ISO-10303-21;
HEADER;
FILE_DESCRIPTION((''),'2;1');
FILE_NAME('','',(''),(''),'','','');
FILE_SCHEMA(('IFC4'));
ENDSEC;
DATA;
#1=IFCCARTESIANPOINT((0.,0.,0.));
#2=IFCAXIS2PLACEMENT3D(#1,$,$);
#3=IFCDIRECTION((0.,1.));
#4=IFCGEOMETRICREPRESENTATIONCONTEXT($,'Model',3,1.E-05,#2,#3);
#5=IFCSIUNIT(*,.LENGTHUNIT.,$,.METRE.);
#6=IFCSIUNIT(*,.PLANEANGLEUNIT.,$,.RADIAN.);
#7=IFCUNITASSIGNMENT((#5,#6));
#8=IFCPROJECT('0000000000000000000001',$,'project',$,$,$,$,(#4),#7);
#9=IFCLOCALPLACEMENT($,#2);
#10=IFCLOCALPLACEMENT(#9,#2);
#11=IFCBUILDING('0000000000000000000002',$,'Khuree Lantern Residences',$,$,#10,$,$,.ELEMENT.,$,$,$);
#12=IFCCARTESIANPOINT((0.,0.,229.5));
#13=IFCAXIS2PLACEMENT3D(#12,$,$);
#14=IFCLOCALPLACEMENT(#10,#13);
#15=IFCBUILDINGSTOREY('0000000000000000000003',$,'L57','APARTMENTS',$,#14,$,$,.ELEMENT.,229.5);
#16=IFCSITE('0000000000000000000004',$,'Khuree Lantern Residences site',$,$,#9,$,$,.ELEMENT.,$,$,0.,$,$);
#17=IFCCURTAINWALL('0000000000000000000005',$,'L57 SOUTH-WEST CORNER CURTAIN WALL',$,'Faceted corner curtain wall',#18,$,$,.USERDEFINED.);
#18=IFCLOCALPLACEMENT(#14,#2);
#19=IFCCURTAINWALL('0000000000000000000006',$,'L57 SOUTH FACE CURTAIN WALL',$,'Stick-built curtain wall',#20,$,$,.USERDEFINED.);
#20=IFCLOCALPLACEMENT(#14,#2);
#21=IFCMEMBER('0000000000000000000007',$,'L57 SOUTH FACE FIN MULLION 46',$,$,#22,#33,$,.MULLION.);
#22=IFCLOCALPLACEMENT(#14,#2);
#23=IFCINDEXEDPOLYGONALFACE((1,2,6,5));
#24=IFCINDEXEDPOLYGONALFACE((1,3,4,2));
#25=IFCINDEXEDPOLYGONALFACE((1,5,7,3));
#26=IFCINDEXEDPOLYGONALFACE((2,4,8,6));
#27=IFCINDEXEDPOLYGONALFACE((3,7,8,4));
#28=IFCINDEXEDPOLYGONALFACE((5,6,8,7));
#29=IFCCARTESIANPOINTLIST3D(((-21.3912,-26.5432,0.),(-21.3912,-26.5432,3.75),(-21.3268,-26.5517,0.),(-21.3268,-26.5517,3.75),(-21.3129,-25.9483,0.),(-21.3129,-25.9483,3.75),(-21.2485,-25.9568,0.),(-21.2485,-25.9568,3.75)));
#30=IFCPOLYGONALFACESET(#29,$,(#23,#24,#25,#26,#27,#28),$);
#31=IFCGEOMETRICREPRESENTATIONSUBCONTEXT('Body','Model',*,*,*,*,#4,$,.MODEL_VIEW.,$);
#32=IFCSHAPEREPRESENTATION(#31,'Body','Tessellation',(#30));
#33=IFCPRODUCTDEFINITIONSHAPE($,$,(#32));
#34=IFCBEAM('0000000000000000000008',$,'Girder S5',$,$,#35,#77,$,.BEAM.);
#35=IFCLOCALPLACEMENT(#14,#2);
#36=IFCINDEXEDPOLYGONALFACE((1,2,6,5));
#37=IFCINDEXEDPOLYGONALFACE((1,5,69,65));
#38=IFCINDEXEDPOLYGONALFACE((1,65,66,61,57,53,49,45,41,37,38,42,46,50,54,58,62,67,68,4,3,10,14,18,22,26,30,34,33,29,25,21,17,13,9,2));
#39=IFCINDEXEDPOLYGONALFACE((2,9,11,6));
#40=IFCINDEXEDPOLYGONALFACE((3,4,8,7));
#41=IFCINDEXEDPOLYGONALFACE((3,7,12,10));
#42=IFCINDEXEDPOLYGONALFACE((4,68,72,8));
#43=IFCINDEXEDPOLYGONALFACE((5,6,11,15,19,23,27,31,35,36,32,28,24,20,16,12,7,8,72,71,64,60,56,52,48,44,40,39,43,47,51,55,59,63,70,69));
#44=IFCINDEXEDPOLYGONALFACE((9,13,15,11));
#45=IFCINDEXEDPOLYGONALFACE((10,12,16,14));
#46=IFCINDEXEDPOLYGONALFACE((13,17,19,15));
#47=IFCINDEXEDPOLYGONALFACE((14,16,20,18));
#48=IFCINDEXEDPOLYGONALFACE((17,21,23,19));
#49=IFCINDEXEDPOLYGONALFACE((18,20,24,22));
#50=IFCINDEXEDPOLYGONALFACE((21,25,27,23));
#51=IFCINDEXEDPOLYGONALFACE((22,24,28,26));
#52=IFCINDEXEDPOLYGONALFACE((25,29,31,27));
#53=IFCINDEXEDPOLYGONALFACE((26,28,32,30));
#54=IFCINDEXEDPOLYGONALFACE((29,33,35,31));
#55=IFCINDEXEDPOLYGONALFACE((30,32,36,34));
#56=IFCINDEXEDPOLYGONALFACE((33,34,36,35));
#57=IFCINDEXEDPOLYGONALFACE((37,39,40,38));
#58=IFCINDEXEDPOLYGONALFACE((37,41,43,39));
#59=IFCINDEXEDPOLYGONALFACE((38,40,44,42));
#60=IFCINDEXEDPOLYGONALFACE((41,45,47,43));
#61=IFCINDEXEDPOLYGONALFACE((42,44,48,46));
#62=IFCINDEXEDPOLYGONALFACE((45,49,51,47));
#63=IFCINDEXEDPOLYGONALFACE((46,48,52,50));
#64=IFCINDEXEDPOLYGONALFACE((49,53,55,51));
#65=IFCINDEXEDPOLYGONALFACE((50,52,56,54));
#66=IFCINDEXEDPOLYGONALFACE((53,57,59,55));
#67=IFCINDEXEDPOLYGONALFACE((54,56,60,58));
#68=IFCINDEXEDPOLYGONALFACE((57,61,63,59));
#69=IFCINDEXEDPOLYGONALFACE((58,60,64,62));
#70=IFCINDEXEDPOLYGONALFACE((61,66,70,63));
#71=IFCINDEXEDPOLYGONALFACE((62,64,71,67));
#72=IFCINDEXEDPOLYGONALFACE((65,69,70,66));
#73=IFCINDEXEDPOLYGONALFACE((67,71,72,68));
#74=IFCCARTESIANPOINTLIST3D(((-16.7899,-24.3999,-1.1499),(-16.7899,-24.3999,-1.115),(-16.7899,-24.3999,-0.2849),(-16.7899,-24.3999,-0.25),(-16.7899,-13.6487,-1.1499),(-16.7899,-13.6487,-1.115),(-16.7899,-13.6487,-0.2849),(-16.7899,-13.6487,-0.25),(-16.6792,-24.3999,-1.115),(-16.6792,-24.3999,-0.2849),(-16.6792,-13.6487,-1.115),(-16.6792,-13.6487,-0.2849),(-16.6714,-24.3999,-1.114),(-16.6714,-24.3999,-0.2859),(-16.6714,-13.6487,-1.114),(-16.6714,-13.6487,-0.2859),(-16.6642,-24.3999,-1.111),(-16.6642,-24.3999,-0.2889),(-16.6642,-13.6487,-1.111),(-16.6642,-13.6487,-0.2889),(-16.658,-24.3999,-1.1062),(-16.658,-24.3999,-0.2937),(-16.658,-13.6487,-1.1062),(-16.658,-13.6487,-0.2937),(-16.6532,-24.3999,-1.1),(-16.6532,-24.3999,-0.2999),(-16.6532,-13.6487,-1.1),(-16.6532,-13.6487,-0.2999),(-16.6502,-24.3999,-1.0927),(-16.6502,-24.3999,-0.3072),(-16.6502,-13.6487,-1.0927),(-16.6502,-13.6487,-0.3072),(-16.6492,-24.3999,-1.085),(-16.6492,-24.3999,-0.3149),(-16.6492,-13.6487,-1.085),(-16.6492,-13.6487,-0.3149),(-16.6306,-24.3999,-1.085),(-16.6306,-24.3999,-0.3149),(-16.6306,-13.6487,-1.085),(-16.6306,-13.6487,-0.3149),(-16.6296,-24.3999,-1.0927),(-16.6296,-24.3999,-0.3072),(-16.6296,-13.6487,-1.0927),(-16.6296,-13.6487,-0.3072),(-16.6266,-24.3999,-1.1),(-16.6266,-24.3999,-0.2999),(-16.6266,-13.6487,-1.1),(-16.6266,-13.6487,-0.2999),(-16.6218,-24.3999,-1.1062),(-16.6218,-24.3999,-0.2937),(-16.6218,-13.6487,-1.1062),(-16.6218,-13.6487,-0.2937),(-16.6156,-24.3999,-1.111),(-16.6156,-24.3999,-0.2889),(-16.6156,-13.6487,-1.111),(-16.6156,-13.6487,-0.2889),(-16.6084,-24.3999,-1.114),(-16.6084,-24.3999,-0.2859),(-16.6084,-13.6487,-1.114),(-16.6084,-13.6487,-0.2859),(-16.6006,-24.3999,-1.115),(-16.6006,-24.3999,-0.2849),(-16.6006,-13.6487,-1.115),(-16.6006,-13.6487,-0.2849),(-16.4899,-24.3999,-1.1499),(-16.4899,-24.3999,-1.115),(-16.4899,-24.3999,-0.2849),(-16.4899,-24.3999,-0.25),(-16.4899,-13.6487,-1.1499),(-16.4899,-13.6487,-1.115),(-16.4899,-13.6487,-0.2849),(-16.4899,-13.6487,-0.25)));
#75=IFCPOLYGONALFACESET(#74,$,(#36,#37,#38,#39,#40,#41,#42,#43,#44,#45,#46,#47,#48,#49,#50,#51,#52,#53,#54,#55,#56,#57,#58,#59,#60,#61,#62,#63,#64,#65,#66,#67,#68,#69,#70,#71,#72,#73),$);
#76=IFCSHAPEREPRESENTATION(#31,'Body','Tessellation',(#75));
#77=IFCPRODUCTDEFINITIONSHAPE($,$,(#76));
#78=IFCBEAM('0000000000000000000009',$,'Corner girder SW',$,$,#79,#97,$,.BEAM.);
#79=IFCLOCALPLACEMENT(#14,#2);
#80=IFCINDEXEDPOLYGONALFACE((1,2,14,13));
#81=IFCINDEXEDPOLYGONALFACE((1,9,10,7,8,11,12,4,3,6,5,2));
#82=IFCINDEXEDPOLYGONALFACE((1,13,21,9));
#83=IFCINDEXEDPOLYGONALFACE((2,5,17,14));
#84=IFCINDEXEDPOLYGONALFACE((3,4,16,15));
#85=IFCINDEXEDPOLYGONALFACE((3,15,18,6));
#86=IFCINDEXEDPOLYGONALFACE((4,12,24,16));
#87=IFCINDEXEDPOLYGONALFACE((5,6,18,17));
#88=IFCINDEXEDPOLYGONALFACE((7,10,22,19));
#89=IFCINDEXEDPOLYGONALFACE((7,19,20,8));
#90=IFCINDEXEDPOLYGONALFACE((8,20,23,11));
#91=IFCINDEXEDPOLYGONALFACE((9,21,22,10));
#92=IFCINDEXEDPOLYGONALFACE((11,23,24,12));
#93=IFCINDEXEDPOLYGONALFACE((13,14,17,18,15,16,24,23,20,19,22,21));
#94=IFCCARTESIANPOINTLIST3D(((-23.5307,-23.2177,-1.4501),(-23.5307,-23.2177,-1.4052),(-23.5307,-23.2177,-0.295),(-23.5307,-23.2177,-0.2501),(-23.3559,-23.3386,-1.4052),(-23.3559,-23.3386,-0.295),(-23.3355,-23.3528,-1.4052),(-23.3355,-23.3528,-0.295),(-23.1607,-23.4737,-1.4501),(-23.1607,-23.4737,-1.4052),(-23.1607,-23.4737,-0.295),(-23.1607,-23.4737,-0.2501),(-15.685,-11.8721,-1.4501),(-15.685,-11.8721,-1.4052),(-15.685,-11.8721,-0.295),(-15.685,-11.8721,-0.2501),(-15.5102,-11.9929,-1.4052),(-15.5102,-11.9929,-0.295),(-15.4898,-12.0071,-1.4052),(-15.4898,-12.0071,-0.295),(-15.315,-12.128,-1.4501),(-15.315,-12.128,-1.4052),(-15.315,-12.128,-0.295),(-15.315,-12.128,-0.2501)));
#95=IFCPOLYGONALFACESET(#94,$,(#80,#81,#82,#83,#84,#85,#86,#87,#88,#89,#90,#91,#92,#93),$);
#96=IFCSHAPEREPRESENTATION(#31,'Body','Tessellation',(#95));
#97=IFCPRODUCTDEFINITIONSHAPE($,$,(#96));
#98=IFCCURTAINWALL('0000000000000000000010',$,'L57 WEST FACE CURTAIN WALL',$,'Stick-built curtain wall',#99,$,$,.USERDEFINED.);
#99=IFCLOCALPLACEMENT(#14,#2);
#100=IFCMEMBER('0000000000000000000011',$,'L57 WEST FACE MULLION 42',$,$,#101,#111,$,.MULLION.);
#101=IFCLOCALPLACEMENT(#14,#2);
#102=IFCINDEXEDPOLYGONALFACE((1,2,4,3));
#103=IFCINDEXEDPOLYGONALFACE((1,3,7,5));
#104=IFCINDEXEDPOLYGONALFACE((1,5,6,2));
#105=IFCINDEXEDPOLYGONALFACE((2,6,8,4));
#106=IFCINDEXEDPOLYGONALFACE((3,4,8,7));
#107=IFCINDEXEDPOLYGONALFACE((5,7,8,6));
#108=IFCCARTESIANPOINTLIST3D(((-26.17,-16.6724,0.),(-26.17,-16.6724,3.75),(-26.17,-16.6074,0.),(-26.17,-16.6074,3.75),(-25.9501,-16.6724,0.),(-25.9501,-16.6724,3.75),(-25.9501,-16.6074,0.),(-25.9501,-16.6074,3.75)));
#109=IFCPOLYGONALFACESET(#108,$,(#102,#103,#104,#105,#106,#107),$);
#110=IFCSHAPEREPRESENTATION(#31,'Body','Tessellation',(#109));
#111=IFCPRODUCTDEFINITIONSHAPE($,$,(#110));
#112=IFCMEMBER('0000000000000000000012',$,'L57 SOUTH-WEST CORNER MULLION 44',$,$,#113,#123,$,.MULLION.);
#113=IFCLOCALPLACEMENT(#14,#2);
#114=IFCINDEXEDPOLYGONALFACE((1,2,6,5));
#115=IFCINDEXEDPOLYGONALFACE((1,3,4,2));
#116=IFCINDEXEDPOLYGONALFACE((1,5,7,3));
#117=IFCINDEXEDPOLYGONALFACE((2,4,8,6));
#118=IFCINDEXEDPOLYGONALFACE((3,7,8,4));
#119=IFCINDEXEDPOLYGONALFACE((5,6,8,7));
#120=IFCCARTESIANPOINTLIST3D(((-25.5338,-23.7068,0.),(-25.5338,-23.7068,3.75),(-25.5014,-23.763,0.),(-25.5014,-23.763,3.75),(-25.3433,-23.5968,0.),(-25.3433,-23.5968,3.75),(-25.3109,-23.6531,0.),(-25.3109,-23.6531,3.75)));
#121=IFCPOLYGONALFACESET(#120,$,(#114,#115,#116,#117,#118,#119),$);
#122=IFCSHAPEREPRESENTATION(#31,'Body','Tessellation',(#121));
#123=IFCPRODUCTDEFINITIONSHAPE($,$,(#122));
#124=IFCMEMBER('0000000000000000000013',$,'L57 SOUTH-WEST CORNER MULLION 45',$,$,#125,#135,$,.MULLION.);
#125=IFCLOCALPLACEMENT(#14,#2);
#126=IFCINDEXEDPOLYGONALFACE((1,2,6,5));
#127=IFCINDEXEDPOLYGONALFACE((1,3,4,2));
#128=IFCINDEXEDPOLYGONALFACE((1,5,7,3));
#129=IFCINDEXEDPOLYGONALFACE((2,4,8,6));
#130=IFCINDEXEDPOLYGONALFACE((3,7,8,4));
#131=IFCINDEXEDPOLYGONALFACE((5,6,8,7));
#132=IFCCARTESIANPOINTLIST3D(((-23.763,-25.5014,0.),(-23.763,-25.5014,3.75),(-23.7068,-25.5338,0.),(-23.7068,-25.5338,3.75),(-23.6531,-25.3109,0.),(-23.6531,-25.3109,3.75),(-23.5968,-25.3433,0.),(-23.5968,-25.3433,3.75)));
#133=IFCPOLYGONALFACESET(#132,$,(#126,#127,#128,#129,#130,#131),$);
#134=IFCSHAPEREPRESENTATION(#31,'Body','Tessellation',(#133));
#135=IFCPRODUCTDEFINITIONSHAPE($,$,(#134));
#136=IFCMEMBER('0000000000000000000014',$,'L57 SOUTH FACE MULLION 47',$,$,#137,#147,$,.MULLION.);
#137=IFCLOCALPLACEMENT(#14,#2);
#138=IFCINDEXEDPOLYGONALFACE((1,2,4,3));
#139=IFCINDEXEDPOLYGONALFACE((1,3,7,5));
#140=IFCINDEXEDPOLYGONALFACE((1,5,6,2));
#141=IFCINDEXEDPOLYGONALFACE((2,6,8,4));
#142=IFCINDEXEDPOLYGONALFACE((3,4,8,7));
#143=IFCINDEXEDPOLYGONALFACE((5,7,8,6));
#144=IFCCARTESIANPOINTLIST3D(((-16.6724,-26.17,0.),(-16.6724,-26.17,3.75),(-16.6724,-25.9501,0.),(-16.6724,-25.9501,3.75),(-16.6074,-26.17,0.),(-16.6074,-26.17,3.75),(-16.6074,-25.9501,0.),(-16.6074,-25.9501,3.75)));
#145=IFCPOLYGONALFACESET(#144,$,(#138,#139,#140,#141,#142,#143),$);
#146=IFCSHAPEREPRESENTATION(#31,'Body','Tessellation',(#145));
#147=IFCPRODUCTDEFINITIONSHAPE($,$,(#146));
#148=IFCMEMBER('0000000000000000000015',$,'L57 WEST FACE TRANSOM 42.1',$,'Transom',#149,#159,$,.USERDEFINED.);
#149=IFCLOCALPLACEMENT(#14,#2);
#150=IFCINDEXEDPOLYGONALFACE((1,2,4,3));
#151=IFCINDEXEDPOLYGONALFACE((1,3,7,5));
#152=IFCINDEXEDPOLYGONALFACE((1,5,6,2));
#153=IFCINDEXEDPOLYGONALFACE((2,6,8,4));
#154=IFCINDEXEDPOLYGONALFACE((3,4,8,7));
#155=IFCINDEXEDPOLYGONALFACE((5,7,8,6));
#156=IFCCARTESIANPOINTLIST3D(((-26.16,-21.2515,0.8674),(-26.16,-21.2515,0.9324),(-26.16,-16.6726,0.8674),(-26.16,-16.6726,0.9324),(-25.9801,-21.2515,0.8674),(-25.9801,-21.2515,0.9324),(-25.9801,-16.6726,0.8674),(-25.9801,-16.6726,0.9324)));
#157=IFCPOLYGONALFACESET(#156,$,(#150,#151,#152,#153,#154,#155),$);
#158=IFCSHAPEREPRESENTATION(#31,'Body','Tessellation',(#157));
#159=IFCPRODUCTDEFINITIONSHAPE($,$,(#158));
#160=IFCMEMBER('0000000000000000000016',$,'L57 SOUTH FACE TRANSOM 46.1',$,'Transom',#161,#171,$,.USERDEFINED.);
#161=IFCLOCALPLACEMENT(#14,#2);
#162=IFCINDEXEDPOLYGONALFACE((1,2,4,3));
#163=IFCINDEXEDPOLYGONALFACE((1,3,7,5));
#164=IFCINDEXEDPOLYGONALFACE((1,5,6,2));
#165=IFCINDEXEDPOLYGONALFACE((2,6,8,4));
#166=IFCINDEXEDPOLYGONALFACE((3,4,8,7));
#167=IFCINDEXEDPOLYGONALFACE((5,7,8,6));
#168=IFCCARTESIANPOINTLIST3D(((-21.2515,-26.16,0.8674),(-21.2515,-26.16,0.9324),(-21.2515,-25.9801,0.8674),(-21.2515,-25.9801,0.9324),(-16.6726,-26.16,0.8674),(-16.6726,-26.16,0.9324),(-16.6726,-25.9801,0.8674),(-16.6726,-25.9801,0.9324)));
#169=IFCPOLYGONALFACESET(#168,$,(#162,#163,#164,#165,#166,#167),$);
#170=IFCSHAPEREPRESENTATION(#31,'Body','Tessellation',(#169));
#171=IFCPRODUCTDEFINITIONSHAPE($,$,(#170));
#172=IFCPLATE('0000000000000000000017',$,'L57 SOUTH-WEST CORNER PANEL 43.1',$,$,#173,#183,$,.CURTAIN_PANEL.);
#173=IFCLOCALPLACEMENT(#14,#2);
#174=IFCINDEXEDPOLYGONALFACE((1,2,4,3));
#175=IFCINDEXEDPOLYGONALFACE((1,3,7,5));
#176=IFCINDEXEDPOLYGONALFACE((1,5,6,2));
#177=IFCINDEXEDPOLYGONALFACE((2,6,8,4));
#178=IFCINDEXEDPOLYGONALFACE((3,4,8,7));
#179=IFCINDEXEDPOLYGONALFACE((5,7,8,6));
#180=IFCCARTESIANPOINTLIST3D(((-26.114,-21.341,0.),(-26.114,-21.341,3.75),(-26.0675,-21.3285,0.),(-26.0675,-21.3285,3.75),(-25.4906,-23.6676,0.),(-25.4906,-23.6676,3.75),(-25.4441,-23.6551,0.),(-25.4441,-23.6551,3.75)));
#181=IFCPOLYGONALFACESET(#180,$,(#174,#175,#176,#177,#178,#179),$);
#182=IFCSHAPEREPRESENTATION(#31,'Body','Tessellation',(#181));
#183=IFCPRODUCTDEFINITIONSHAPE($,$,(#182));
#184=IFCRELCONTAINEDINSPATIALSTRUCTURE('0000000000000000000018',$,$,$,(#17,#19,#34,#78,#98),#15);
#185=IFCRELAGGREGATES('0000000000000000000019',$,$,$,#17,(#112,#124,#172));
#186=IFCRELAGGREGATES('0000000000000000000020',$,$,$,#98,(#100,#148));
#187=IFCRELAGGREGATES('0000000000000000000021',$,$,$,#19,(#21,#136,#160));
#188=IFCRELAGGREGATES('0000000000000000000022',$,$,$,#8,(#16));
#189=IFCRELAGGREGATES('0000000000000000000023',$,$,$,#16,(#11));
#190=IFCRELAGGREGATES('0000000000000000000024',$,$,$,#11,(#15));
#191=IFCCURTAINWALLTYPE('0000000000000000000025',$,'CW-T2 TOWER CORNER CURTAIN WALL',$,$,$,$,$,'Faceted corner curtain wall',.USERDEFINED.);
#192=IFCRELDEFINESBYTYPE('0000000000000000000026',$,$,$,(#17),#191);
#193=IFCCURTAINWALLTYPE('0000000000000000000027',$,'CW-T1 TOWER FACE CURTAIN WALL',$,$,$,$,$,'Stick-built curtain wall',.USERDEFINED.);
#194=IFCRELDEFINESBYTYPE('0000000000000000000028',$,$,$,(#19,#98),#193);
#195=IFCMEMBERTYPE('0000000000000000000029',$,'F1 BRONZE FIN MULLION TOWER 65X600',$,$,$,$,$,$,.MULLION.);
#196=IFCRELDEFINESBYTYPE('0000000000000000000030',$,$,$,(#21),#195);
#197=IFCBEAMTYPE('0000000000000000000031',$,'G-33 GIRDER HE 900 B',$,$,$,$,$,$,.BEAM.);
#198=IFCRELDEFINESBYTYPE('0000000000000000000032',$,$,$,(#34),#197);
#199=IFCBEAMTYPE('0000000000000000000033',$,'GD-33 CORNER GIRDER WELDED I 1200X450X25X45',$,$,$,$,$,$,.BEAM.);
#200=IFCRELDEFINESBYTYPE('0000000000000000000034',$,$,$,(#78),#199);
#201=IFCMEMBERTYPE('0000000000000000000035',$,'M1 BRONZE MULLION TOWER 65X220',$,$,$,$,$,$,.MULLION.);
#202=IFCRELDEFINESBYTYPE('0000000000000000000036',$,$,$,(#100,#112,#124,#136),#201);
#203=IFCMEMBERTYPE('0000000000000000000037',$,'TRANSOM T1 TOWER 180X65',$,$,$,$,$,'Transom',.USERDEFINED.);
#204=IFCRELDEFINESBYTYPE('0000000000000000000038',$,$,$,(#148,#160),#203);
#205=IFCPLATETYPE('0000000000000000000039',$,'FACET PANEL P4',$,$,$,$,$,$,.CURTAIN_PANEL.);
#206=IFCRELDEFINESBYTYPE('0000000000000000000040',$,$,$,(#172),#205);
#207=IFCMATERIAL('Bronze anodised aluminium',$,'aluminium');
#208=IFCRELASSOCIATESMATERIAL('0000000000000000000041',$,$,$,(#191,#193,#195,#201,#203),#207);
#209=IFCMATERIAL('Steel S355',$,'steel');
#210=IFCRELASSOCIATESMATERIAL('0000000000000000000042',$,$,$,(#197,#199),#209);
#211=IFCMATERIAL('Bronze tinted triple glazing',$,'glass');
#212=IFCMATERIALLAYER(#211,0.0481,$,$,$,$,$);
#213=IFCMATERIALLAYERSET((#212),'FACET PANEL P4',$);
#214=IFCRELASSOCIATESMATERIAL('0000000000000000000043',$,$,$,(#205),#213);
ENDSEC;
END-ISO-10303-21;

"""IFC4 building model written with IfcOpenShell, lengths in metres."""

from ifc_helpers import new_model, si_unit, direction, frame, origin, origin_2d, place, context, subcontext, project, spatial, rectangle, i_section, extrude, material, layer, layer_set, material_profile, profile_set, type_object, element, aggregate, save


model = new_model("IFC4")

# Units and contexts
model_context = context("Model", 3, precision=1e-05, world=origin(), true_north=direction((0.0, 1.0)))
body_context = subcontext(model_context, "Body", "Model", "MODEL_VIEW")
ifc_project = project(units=[si_unit("LENGTHUNIT", "METRE"), si_unit("PLANEANGLEUNIT", "RADIAN")], contexts=[model_context])

# Site, building, storey
site_placement = place(None, origin())
site = spatial("IfcSite", under=ifc_project, at=site_placement, Name="Khuree Lantern Residences site", CompositionType="ELEMENT", RefElevation=0.0)
building_placement = place(site_placement, origin())
building = spatial("IfcBuilding", under=site, at=building_placement, Name="Khuree Lantern Residences", CompositionType="ELEMENT")
storey_placement = place(building_placement, frame((0.0, 0.0, 229.5)))
storey = spatial("IfcBuildingStorey", under=building, at=storey_placement, Name="L57", Description="APARTMENTS", CompositionType="ELEMENT", Elevation=229.5)

# Shared definitions
ifc_material_1 = material(Name="Steel S355", Category="steel")

# Curtain walls, member
ifc_material_2 = material(Name="Bronze anodised aluminium", Category="aluminium")
curtain_wall_type_1 = type_object("IfcCurtainWallType", Name="CW-T2 TOWER CORNER CURTAIN WALL", ElementType="Faceted corner curtain wall", PredefinedType="USERDEFINED", material=ifc_material_2)
curtain_wall_1_placement = place(storey_placement, origin())
curtain_wall_1 = element("IfcCurtainWall", 1, at=curtain_wall_1_placement, inside=storey, type_object=curtain_wall_type_1, Name="L57 SOUTH-WEST CORNER CURTAIN WALL", ObjectType="Faceted corner curtain wall", PredefinedType="USERDEFINED")
ifc_material_profile_1 = material_profile(ifc_material_2, rectangle(XDim=0.0649, YDim=0.6001, at=origin_2d()), Name="F1 65X600")
ifc_profile_set_1 = profile_set([ifc_material_profile_1], Name="Bronze anodised aluminium")
member_type_1 = type_object("IfcMemberType", Name="F1 BRONZE FIN MULLION TOWER 65X600", PredefinedType="MULLION", material=ifc_profile_set_1)
curtain_wall_type_2 = type_object("IfcCurtainWallType", Name="CW-T1 TOWER FACE CURTAIN WALL", ElementType="Stick-built curtain wall", PredefinedType="USERDEFINED", material=ifc_material_2)
curtain_wall_2_placement = place(storey_placement, origin())
curtain_wall_2 = element("IfcCurtainWall", 2, at=curtain_wall_2_placement, inside=storey, type_object=curtain_wall_type_2, Name="L57 SOUTH FACE CURTAIN WALL", ObjectType="Stick-built curtain wall", PredefinedType="USERDEFINED")
member_1_placement = place(storey_placement, frame((-21.3198, -26.25, 0.0), z_axis=(0.0, 0.0, 1.0), x_axis=(0.991445, -0.130526, 0.0)))
member_1 = element("IfcMember", 3, at=member_1_placement, type_object=member_type_1, Name="L57 SOUTH FACE FIN MULLION 46", PredefinedType="MULLION", context=body_context, shape_type="SweptSolid", body=[
    extrude(rectangle(XDim=0.0649, YDim=0.6001, at=origin_2d()), origin(), (0.0, 0.0, 1.0), 3.75),
])

# Beams
ifc_material_profile_2 = material_profile(ifc_material_1, i_section(OverallWidth=0.3, OverallDepth=0.8999, WebThickness=0.0186, FlangeThickness=0.0349, FilletRadius=0.03, at=origin_2d()), Name="HE 900 B")
ifc_profile_set_2 = profile_set([ifc_material_profile_2], Name="Steel S355")
beam_type_1 = type_object("IfcBeamType", Name="G-33 GIRDER HE 900 B", PredefinedType="BEAM", material=ifc_profile_set_2)
beam_1_placement = place(storey_placement, frame((-16.6399, -24.3999, -0.7), z_axis=(0.0, 1.0, 0.0), x_axis=(-1.0, 0.0, 0.0)))
element("IfcBeam", 4, at=beam_1_placement, inside=storey, type_object=beam_type_1, Name="Girder S5", PredefinedType="BEAM", context=body_context, shape_type="SweptSolid", body=[
    extrude(i_section(OverallWidth=0.3, OverallDepth=0.8999, WebThickness=0.0186, FlangeThickness=0.0349, FilletRadius=0.03, at=origin_2d()), origin(), (0.0, 0.0, 1.0), 10.7512),
])
ifc_material_profile_3 = material_profile(ifc_material_1, i_section(OverallWidth=0.45, OverallDepth=1.2, WebThickness=0.0249, FlangeThickness=0.0449, at=origin_2d()), Name="WELDED I 1200X450X25X45")
ifc_profile_set_3 = profile_set([ifc_material_profile_3], Name="Steel S355")
beam_type_2 = type_object("IfcBeamType", Name="GD-33 CORNER GIRDER WELDED I 1200X450X25X45", PredefinedType="BEAM", material=ifc_profile_set_3)
beam_2_placement = place(storey_placement, frame((-23.3457, -23.3457, -0.8501), z_axis=(0.568768, 0.822498, 0.0), x_axis=(-0.822498, 0.568768, 0.0)))
element("IfcBeam", 5, at=beam_2_placement, inside=storey, type_object=beam_type_2, Name="Corner girder SW", PredefinedType="BEAM", context=body_context, shape_type="SweptSolid", body=[
    extrude(i_section(OverallWidth=0.45, OverallDepth=1.2, WebThickness=0.0249, FlangeThickness=0.0449, at=origin_2d()), origin(), (0.0, 0.0, 1.0), 13.7942),
])

# Curtain wall, member
curtain_wall_3_placement = place(storey_placement, origin())
curtain_wall_3 = element("IfcCurtainWall", 6, at=curtain_wall_3_placement, inside=storey, type_object=curtain_wall_type_2, Name="L57 WEST FACE CURTAIN WALL", ObjectType="Stick-built curtain wall", PredefinedType="USERDEFINED")
ifc_material_profile_4 = material_profile(ifc_material_2, rectangle(XDim=0.0649, YDim=0.22, at=origin_2d()), Name="M1 65X220")
ifc_profile_set_4 = profile_set([ifc_material_profile_4], Name="Bronze anodised aluminium")
member_type_2 = type_object("IfcMemberType", Name="M1 BRONZE MULLION TOWER 65X220", PredefinedType="MULLION", material=ifc_profile_set_4)
member_2_placement = place(storey_placement, frame((-26.0601, -16.6399, 0.0), z_axis=(0.0, 0.0, 1.0), x_axis=(0.0, -1.0, 0.0)))
member_2 = element("IfcMember", 7, at=member_2_placement, type_object=member_type_2, Name="L57 WEST FACE MULLION 42", PredefinedType="MULLION", context=body_context, shape_type="SweptSolid", body=[
    extrude(rectangle(XDim=0.0649, YDim=0.22, at=origin_2d()), origin(), (0.0, 0.0, 1.0), 3.75),
])

# Members
member_3_placement = place(storey_placement, frame((-25.4224, -23.6799, 0.0), z_axis=(0.0, 0.0, 1.0), x_axis=(0.5, -0.866025, 0.0)))
member_3 = element("IfcMember", 8, at=member_3_placement, type_object=member_type_2, Name="L57 SOUTH-WEST CORNER MULLION 44", PredefinedType="MULLION", context=body_context, shape_type="SweptSolid", body=[
    extrude(rectangle(XDim=0.0649, YDim=0.22, at=origin_2d()), origin(), (0.0, 0.0, 1.0), 3.75),
])
member_4_placement = place(storey_placement, frame((-23.6799, -25.4224, 0.0), z_axis=(0.0, 0.0, 1.0), x_axis=(0.866025, -0.5, 0.0)))
member_4 = element("IfcMember", 9, at=member_4_placement, type_object=member_type_2, Name="L57 SOUTH-WEST CORNER MULLION 45", PredefinedType="MULLION", context=body_context, shape_type="SweptSolid", body=[
    extrude(rectangle(XDim=0.0649, YDim=0.22, at=origin_2d()), origin(), (0.0, 0.0, 1.0), 3.75),
])
member_5_placement = place(storey_placement, frame((-16.6399, -26.0601, 0.0), z_axis=(0.0, 0.0, 1.0), x_axis=(1.0, 0.0, 0.0)))
member_5 = element("IfcMember", 10, at=member_5_placement, type_object=member_type_2, Name="L57 SOUTH FACE MULLION 47", PredefinedType="MULLION", context=body_context, shape_type="SweptSolid", body=[
    extrude(rectangle(XDim=0.0649, YDim=0.22, at=origin_2d()), origin(), (0.0, 0.0, 1.0), 3.75),
])
ifc_material_profile_5 = material_profile(ifc_material_2, rectangle(XDim=0.1799, YDim=0.0649, at=origin_2d()), Name="T1 180X65")
ifc_profile_set_5 = profile_set([ifc_material_profile_5], Name="Bronze anodised aluminium")
member_type_3 = type_object("IfcMemberType", Name="TRANSOM T1 TOWER 180X65", ElementType="Transom", PredefinedType="USERDEFINED", material=ifc_profile_set_5)
member_6_placement = place(storey_placement, frame((-26.0701, -16.6726, 0.8999), z_axis=(0.0, -1.0, 0.0), x_axis=(1.0, 0.0, 0.0)))
member_6 = element("IfcMember", 11, at=member_6_placement, type_object=member_type_3, Name="L57 WEST FACE TRANSOM 42.1", ObjectType="Transom", PredefinedType="USERDEFINED", context=body_context, shape_type="SweptSolid", body=[
    extrude(rectangle(XDim=0.1799, YDim=0.0649, at=origin_2d()), origin(), (0.0, 0.0, 1.0), 4.5789),
])
member_7_placement = place(storey_placement, frame((-21.2515, -26.0701, 0.8999), z_axis=(1.0, 0.0, 0.0), x_axis=(0.0, 1.0, 0.0)))
member_7 = element("IfcMember", 12, at=member_7_placement, type_object=member_type_3, Name="L57 SOUTH FACE TRANSOM 46.1", ObjectType="Transom", PredefinedType="USERDEFINED", context=body_context, shape_type="SweptSolid", body=[
    extrude(rectangle(XDim=0.1799, YDim=0.0649, at=origin_2d()), origin(), (0.0, 0.0, 1.0), 4.5789),
])

# Plate
ifc_material_3 = material(Name="Bronze tinted triple glazing", Category="glass")
ifc_layer_1 = layer(ifc_material_3, 0.0481)
ifc_layer_set_1 = layer_set([ifc_layer_1], Name="FACET PANEL P4")
plate_type_1 = type_object("IfcPlateType", Name="FACET PANEL P4", PredefinedType="CURTAIN_PANEL", material=ifc_layer_set_1)
plate_1_placement = place(storey_placement, frame((-25.7791, -22.498, 0.0), z_axis=(0.0, 0.0, 1.0), x_axis=(0.258819, -0.965926, 0.0)))
plate_1 = element("IfcPlate", 13, at=plate_1_placement, type_object=plate_type_1, Name="L57 SOUTH-WEST CORNER PANEL 43.1", PredefinedType="CURTAIN_PANEL", context=body_context, shape_type="SweptSolid", body=[
    extrude(rectangle(XDim=2.4087, YDim=0.0481, at=origin_2d()), origin(), (0.0, 0.0, 1.0), 3.75),
])
aggregate(curtain_wall_1, [member_3, member_4, plate_1])
aggregate(curtain_wall_3, [member_2, member_6])
aggregate(curtain_wall_2, [member_1, member_5, member_7])

save(model, "model.ifc")
